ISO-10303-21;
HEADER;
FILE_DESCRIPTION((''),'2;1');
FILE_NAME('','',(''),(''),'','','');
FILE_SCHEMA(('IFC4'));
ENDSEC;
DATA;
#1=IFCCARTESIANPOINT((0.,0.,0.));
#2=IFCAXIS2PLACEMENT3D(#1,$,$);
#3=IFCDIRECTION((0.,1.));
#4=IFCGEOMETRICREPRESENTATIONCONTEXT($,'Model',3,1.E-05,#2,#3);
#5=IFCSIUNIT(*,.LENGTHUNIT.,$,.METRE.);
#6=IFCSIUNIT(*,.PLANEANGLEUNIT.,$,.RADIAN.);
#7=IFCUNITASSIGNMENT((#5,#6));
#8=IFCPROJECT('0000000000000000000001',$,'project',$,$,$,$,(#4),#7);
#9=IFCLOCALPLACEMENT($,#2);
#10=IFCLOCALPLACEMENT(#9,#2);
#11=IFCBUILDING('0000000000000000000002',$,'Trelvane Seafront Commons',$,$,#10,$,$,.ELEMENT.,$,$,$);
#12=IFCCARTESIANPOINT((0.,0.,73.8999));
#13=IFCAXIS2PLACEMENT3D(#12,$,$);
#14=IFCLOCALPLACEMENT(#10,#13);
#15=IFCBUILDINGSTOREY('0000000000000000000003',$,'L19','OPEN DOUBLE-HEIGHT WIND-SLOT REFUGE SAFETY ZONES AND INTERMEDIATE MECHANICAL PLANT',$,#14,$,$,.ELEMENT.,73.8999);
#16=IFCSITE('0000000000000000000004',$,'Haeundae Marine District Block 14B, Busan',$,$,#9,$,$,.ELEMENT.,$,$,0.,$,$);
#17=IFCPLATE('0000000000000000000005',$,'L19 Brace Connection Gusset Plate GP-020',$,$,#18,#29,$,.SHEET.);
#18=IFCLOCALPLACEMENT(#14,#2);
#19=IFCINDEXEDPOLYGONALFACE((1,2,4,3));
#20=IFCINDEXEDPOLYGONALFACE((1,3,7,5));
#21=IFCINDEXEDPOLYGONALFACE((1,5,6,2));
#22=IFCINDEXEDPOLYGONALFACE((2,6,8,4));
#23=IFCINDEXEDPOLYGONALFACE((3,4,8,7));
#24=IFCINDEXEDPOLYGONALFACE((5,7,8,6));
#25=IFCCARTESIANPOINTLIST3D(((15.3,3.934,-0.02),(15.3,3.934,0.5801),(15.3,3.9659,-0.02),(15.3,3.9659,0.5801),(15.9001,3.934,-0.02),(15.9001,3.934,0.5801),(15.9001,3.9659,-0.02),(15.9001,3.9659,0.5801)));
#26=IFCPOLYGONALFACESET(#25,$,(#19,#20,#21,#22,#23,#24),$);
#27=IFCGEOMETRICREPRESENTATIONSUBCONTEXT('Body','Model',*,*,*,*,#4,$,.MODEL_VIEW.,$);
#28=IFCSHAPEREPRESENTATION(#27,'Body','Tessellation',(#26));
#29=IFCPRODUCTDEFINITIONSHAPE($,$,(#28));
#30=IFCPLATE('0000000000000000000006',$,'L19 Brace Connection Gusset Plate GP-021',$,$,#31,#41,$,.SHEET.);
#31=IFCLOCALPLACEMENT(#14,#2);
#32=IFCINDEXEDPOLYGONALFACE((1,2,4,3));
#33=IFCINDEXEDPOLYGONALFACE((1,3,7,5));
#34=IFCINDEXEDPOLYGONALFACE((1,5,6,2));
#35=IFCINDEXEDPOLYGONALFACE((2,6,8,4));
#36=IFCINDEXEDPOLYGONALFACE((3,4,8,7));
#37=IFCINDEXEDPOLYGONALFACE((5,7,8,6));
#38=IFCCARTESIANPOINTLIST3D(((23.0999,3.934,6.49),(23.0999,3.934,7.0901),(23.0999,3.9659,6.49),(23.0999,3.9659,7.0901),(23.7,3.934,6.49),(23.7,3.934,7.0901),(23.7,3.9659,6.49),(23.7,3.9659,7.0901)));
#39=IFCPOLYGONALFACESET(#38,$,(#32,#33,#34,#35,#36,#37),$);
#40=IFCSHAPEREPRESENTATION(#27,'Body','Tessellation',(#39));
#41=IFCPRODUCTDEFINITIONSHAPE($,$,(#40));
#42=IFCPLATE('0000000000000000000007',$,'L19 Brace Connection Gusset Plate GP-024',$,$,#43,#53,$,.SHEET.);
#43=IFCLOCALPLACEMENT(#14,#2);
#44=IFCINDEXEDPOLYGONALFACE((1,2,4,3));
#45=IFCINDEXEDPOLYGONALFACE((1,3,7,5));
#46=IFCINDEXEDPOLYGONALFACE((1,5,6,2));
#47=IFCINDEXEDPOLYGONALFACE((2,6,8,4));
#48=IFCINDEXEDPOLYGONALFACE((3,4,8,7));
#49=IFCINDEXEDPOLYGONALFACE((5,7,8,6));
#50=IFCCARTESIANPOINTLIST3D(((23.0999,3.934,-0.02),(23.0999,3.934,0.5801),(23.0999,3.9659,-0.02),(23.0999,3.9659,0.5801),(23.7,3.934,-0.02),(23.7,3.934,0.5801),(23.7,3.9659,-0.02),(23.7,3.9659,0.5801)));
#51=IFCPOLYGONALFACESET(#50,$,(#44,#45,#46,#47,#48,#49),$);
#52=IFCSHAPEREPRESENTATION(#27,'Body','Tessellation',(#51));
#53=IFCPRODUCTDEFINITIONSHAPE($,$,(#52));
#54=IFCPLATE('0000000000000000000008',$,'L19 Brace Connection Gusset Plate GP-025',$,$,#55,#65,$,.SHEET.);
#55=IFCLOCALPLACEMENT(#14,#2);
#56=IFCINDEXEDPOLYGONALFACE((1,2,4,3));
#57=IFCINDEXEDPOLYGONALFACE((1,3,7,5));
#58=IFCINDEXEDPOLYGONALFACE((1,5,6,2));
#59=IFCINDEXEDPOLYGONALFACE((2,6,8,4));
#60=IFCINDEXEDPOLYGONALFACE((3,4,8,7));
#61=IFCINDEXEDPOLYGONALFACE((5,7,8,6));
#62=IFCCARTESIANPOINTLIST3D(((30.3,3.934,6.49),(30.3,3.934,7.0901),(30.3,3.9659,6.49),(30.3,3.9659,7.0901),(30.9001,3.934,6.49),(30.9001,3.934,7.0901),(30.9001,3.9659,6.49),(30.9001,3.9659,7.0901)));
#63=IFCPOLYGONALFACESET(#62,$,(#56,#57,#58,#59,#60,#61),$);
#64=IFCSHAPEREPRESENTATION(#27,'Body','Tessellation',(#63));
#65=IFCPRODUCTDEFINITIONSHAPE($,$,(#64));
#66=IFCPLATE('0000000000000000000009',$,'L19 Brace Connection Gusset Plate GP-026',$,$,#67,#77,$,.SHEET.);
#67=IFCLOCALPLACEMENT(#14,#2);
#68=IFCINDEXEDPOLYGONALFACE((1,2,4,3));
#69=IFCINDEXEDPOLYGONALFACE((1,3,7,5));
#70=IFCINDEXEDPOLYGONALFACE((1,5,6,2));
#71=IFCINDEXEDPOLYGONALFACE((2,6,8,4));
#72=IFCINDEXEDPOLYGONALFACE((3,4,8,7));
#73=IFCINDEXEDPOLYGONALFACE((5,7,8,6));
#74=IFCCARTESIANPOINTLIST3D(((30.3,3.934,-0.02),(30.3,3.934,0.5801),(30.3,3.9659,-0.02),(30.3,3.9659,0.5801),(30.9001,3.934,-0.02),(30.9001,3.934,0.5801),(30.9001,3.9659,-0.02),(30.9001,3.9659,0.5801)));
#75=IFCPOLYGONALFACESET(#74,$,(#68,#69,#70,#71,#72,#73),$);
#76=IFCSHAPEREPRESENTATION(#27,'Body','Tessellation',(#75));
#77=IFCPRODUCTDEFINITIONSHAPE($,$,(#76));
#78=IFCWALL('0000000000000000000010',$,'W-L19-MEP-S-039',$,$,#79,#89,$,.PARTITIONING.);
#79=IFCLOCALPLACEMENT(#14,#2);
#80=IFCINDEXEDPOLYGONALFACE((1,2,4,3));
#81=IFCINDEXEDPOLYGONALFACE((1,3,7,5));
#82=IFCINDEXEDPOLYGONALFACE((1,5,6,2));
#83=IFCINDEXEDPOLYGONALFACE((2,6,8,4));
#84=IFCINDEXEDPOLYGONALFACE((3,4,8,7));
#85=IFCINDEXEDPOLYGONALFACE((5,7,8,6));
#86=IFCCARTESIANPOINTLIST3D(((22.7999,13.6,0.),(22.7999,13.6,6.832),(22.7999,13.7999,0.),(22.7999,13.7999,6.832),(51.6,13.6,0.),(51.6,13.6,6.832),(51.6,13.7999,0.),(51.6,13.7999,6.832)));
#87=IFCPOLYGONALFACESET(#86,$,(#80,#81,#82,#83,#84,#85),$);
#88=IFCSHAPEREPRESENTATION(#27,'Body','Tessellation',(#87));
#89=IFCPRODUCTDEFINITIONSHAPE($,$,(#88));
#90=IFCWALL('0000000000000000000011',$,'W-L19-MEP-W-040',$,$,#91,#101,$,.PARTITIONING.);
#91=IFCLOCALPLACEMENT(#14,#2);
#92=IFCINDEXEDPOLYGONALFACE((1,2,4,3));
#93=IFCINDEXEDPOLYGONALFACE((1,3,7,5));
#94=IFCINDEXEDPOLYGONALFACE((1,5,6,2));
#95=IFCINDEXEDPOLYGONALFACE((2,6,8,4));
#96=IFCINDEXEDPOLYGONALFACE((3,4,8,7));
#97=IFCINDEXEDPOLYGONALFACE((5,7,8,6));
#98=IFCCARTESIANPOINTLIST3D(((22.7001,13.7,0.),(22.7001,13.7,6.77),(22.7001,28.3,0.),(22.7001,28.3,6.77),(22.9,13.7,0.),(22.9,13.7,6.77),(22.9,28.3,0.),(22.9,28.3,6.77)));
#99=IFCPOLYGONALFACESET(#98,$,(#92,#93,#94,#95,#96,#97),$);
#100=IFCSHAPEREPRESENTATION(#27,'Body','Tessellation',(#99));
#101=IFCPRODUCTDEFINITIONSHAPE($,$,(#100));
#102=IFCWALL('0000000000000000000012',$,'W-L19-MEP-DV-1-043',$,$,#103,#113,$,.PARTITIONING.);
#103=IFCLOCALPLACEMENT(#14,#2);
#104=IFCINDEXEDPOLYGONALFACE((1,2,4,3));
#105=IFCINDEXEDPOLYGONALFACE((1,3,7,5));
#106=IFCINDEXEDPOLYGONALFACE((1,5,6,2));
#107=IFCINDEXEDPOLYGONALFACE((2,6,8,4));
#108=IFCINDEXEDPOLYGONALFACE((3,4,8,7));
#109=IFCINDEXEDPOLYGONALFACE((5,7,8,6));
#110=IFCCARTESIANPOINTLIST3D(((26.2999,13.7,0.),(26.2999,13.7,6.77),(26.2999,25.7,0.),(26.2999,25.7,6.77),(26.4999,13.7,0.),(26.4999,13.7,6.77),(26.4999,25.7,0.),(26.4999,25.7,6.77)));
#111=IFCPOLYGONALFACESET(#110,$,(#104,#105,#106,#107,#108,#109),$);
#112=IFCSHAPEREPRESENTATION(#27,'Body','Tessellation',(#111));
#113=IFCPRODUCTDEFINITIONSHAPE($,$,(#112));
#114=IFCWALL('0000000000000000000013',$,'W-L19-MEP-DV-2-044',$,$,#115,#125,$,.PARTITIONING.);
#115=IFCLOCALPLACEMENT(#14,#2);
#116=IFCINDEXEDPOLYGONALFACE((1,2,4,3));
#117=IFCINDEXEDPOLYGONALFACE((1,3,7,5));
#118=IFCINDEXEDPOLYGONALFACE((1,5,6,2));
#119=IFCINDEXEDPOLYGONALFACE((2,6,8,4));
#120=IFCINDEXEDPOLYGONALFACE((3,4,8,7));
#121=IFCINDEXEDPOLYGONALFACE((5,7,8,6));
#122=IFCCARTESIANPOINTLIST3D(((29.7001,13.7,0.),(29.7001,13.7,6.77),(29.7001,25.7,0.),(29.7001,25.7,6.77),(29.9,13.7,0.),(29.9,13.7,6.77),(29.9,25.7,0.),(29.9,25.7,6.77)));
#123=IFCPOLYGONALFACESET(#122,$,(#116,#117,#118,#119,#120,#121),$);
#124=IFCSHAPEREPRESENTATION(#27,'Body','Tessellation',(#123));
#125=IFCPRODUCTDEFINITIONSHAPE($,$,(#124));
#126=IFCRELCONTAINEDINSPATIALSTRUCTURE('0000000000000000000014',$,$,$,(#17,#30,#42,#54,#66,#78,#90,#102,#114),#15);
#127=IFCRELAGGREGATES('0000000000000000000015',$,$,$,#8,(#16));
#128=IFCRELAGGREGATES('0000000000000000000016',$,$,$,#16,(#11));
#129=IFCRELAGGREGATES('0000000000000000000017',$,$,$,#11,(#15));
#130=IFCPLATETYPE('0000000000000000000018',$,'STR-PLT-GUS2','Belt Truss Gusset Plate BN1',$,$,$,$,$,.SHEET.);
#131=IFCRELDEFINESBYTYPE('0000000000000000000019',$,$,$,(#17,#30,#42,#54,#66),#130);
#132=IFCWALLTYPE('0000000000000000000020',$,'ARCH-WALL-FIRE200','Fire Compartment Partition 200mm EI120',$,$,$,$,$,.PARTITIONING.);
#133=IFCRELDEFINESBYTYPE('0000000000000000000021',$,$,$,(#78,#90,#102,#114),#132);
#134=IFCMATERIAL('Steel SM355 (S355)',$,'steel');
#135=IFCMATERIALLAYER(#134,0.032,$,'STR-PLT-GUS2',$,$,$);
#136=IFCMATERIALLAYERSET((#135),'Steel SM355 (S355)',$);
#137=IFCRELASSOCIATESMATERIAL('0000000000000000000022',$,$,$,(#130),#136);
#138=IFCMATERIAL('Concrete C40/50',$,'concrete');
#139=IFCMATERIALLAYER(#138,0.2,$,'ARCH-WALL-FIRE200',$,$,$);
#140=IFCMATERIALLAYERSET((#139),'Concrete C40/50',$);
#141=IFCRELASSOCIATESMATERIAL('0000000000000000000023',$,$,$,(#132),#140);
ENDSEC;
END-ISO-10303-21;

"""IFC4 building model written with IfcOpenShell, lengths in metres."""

from ifc_helpers import new_model, si_unit, direction, frame, frame_2d, origin, origin_2d, place, context, subcontext, project, spatial, rectangle, extrude, source, transform, mapped, material, layer, layer_set, type_object, element, save


model = new_model("IFC4")

# Units and contexts
model_context = context("Model", 3, precision=1e-05, world=origin(), true_north=direction((0.0, 1.0)))
body_context = subcontext(model_context, "Body", "Model", "MODEL_VIEW")
ifc_project = project(units=[si_unit("LENGTHUNIT", "METRE"), si_unit("PLANEANGLEUNIT", "RADIAN")], contexts=[model_context])

# Site, building, storey
site_placement = place(None, origin())
site = spatial("IfcSite", under=ifc_project, at=site_placement, Name="Haeundae Marine District Block 14B, Busan", CompositionType="ELEMENT", RefElevation=0.0)
building_placement = place(site_placement, origin())
building = spatial("IfcBuilding", under=site, at=building_placement, Name="Trelvane Seafront Commons", CompositionType="ELEMENT")
storey_placement = place(building_placement, frame((0.0, 0.0, 73.8999)))
storey = spatial("IfcBuildingStorey", under=building, at=storey_placement, Name="L19", Description="OPEN DOUBLE-HEIGHT WIND-SLOT REFUGE SAFETY ZONES AND INTERMEDIATE MECHANICAL PLANT", CompositionType="ELEMENT", Elevation=73.8999)

# Shared definitions
ifc_material_1 = material(Name="Steel SM355 (S355)", Category="steel")

# Plates
ifc_layer_1 = layer(ifc_material_1, 0.032, Name="STR-PLT-GUS2")
ifc_layer_set_1 = layer_set([ifc_layer_1], Name="Steel SM355 (S355)")
plate_type = type_object("IfcPlateType", Name="STR-PLT-GUS2", Description="Belt Truss Gusset Plate BN1", PredefinedType="SHEET", material=ifc_layer_set_1)
shared_shape_1 = source(origin(), body_context, "Body", "SweptSolid", [
    extrude(rectangle(XDim=0.6001, YDim=0.032, at=origin_2d()), origin(), (0.0, 0.0, 1.0), 0.6001),
])
for number, where, z_axis, x_axis, name in (
    (1, (15.6001, 3.95, -0.02), (0.0, 0.0, 1.0), (1.0, 0.0, 0.0), "L19 Brace Connection Gusset Plate GP-020"),
    (2, (23.3999, 3.95, 6.49), (0.0, 0.0, 1.0), (1.0, 0.0, 0.0), "L19 Brace Connection Gusset Plate GP-021"),
    (3, (23.3999, 3.95, -0.02), (0.0, 0.0, 1.0), (1.0, 0.0, 0.0), "L19 Brace Connection Gusset Plate GP-024"),
    (4, (30.6001, 3.95, 6.49), (0.0, 0.0, 1.0), (1.0, 0.0, 0.0), "L19 Brace Connection Gusset Plate GP-025"),
    (5, (30.6001, 3.95, -0.02), (0.0, 0.0, 1.0), (1.0, 0.0, 0.0), "L19 Brace Connection Gusset Plate GP-026"),
):
    element("IfcPlate", number, at=place(storey_placement, frame(where, z_axis=z_axis, x_axis=x_axis)), inside=storey, type_object=plate_type, Name=name, PredefinedType="SHEET", context=body_context, shape_type="MappedRepresentation", body=[
        mapped(shared_shape_1, transform((0.0, 0.0, 0.0), x_axis=(1.0, 0.0, 0.0), y_axis=(0.0, 1.0, 0.0), z_axis=(0.0, 0.0, 1.0), scale=1.0)),
    ])

# Walls
ifc_material_2 = material(Name="Concrete C40/50", Category="concrete")
ifc_layer_2 = layer(ifc_material_2, 0.2, Name="ARCH-WALL-FIRE200")
ifc_layer_set_2 = layer_set([ifc_layer_2], Name="Concrete C40/50")
wall_type = type_object("IfcWallType", Name="ARCH-WALL-FIRE200", Description="Fire Compartment Partition 200mm EI120", PredefinedType="PARTITIONING", material=ifc_layer_set_2)
wall_1_placement = place(storey_placement, frame((22.8, 13.7, 0.0), z_axis=(0.0, 0.0, 1.0), x_axis=(1.0, 0.0, 0.0)))
element("IfcWall", 6, at=wall_1_placement, inside=storey, type_object=wall_type, Name="W-L19-MEP-S-039", PredefinedType="PARTITIONING", context=body_context, shape_type="SweptSolid", body=[
    extrude(rectangle(XDim=28.8, YDim=0.2, at=frame_2d((14.3999, 0.0))), origin(), (0.0, 0.0, 1.0), 6.832),
])
wall_2_placement = place(storey_placement, frame((22.8, 13.7, 0.0), z_axis=(0.0, 0.0, 1.0), x_axis=(0.0, 1.0, 0.0)))
element("IfcWall", 7, at=wall_2_placement, inside=storey, type_object=wall_type, Name="W-L19-MEP-W-040", PredefinedType="PARTITIONING", context=body_context, shape_type="SweptSolid", body=[
    extrude(rectangle(XDim=14.6001, YDim=0.2, at=frame_2d((7.3, 0.0))), origin(), (0.0, 0.0, 1.0), 6.77),
])
for number, where, z_axis, x_axis, name in (
    (8, (26.3999, 13.7, 0.0), (0.0, 0.0, 1.0), (0.0, 1.0, 0.0), "W-L19-MEP-DV-1-043"),
    (9, (29.8, 13.7, 0.0), (0.0, 0.0, 1.0), (0.0, 1.0, 0.0), "W-L19-MEP-DV-2-044"),
):
    element("IfcWall", number, at=place(storey_placement, frame(where, z_axis=z_axis, x_axis=x_axis)), inside=storey, type_object=wall_type, Name=name, PredefinedType="PARTITIONING", context=body_context, shape_type="SweptSolid", body=[
        extrude(rectangle(XDim=12.0, YDim=0.2, at=frame_2d((6.0, 0.0))), origin(), (0.0, 0.0, 1.0), 6.77),
    ])

save(model, "model.ifc")
